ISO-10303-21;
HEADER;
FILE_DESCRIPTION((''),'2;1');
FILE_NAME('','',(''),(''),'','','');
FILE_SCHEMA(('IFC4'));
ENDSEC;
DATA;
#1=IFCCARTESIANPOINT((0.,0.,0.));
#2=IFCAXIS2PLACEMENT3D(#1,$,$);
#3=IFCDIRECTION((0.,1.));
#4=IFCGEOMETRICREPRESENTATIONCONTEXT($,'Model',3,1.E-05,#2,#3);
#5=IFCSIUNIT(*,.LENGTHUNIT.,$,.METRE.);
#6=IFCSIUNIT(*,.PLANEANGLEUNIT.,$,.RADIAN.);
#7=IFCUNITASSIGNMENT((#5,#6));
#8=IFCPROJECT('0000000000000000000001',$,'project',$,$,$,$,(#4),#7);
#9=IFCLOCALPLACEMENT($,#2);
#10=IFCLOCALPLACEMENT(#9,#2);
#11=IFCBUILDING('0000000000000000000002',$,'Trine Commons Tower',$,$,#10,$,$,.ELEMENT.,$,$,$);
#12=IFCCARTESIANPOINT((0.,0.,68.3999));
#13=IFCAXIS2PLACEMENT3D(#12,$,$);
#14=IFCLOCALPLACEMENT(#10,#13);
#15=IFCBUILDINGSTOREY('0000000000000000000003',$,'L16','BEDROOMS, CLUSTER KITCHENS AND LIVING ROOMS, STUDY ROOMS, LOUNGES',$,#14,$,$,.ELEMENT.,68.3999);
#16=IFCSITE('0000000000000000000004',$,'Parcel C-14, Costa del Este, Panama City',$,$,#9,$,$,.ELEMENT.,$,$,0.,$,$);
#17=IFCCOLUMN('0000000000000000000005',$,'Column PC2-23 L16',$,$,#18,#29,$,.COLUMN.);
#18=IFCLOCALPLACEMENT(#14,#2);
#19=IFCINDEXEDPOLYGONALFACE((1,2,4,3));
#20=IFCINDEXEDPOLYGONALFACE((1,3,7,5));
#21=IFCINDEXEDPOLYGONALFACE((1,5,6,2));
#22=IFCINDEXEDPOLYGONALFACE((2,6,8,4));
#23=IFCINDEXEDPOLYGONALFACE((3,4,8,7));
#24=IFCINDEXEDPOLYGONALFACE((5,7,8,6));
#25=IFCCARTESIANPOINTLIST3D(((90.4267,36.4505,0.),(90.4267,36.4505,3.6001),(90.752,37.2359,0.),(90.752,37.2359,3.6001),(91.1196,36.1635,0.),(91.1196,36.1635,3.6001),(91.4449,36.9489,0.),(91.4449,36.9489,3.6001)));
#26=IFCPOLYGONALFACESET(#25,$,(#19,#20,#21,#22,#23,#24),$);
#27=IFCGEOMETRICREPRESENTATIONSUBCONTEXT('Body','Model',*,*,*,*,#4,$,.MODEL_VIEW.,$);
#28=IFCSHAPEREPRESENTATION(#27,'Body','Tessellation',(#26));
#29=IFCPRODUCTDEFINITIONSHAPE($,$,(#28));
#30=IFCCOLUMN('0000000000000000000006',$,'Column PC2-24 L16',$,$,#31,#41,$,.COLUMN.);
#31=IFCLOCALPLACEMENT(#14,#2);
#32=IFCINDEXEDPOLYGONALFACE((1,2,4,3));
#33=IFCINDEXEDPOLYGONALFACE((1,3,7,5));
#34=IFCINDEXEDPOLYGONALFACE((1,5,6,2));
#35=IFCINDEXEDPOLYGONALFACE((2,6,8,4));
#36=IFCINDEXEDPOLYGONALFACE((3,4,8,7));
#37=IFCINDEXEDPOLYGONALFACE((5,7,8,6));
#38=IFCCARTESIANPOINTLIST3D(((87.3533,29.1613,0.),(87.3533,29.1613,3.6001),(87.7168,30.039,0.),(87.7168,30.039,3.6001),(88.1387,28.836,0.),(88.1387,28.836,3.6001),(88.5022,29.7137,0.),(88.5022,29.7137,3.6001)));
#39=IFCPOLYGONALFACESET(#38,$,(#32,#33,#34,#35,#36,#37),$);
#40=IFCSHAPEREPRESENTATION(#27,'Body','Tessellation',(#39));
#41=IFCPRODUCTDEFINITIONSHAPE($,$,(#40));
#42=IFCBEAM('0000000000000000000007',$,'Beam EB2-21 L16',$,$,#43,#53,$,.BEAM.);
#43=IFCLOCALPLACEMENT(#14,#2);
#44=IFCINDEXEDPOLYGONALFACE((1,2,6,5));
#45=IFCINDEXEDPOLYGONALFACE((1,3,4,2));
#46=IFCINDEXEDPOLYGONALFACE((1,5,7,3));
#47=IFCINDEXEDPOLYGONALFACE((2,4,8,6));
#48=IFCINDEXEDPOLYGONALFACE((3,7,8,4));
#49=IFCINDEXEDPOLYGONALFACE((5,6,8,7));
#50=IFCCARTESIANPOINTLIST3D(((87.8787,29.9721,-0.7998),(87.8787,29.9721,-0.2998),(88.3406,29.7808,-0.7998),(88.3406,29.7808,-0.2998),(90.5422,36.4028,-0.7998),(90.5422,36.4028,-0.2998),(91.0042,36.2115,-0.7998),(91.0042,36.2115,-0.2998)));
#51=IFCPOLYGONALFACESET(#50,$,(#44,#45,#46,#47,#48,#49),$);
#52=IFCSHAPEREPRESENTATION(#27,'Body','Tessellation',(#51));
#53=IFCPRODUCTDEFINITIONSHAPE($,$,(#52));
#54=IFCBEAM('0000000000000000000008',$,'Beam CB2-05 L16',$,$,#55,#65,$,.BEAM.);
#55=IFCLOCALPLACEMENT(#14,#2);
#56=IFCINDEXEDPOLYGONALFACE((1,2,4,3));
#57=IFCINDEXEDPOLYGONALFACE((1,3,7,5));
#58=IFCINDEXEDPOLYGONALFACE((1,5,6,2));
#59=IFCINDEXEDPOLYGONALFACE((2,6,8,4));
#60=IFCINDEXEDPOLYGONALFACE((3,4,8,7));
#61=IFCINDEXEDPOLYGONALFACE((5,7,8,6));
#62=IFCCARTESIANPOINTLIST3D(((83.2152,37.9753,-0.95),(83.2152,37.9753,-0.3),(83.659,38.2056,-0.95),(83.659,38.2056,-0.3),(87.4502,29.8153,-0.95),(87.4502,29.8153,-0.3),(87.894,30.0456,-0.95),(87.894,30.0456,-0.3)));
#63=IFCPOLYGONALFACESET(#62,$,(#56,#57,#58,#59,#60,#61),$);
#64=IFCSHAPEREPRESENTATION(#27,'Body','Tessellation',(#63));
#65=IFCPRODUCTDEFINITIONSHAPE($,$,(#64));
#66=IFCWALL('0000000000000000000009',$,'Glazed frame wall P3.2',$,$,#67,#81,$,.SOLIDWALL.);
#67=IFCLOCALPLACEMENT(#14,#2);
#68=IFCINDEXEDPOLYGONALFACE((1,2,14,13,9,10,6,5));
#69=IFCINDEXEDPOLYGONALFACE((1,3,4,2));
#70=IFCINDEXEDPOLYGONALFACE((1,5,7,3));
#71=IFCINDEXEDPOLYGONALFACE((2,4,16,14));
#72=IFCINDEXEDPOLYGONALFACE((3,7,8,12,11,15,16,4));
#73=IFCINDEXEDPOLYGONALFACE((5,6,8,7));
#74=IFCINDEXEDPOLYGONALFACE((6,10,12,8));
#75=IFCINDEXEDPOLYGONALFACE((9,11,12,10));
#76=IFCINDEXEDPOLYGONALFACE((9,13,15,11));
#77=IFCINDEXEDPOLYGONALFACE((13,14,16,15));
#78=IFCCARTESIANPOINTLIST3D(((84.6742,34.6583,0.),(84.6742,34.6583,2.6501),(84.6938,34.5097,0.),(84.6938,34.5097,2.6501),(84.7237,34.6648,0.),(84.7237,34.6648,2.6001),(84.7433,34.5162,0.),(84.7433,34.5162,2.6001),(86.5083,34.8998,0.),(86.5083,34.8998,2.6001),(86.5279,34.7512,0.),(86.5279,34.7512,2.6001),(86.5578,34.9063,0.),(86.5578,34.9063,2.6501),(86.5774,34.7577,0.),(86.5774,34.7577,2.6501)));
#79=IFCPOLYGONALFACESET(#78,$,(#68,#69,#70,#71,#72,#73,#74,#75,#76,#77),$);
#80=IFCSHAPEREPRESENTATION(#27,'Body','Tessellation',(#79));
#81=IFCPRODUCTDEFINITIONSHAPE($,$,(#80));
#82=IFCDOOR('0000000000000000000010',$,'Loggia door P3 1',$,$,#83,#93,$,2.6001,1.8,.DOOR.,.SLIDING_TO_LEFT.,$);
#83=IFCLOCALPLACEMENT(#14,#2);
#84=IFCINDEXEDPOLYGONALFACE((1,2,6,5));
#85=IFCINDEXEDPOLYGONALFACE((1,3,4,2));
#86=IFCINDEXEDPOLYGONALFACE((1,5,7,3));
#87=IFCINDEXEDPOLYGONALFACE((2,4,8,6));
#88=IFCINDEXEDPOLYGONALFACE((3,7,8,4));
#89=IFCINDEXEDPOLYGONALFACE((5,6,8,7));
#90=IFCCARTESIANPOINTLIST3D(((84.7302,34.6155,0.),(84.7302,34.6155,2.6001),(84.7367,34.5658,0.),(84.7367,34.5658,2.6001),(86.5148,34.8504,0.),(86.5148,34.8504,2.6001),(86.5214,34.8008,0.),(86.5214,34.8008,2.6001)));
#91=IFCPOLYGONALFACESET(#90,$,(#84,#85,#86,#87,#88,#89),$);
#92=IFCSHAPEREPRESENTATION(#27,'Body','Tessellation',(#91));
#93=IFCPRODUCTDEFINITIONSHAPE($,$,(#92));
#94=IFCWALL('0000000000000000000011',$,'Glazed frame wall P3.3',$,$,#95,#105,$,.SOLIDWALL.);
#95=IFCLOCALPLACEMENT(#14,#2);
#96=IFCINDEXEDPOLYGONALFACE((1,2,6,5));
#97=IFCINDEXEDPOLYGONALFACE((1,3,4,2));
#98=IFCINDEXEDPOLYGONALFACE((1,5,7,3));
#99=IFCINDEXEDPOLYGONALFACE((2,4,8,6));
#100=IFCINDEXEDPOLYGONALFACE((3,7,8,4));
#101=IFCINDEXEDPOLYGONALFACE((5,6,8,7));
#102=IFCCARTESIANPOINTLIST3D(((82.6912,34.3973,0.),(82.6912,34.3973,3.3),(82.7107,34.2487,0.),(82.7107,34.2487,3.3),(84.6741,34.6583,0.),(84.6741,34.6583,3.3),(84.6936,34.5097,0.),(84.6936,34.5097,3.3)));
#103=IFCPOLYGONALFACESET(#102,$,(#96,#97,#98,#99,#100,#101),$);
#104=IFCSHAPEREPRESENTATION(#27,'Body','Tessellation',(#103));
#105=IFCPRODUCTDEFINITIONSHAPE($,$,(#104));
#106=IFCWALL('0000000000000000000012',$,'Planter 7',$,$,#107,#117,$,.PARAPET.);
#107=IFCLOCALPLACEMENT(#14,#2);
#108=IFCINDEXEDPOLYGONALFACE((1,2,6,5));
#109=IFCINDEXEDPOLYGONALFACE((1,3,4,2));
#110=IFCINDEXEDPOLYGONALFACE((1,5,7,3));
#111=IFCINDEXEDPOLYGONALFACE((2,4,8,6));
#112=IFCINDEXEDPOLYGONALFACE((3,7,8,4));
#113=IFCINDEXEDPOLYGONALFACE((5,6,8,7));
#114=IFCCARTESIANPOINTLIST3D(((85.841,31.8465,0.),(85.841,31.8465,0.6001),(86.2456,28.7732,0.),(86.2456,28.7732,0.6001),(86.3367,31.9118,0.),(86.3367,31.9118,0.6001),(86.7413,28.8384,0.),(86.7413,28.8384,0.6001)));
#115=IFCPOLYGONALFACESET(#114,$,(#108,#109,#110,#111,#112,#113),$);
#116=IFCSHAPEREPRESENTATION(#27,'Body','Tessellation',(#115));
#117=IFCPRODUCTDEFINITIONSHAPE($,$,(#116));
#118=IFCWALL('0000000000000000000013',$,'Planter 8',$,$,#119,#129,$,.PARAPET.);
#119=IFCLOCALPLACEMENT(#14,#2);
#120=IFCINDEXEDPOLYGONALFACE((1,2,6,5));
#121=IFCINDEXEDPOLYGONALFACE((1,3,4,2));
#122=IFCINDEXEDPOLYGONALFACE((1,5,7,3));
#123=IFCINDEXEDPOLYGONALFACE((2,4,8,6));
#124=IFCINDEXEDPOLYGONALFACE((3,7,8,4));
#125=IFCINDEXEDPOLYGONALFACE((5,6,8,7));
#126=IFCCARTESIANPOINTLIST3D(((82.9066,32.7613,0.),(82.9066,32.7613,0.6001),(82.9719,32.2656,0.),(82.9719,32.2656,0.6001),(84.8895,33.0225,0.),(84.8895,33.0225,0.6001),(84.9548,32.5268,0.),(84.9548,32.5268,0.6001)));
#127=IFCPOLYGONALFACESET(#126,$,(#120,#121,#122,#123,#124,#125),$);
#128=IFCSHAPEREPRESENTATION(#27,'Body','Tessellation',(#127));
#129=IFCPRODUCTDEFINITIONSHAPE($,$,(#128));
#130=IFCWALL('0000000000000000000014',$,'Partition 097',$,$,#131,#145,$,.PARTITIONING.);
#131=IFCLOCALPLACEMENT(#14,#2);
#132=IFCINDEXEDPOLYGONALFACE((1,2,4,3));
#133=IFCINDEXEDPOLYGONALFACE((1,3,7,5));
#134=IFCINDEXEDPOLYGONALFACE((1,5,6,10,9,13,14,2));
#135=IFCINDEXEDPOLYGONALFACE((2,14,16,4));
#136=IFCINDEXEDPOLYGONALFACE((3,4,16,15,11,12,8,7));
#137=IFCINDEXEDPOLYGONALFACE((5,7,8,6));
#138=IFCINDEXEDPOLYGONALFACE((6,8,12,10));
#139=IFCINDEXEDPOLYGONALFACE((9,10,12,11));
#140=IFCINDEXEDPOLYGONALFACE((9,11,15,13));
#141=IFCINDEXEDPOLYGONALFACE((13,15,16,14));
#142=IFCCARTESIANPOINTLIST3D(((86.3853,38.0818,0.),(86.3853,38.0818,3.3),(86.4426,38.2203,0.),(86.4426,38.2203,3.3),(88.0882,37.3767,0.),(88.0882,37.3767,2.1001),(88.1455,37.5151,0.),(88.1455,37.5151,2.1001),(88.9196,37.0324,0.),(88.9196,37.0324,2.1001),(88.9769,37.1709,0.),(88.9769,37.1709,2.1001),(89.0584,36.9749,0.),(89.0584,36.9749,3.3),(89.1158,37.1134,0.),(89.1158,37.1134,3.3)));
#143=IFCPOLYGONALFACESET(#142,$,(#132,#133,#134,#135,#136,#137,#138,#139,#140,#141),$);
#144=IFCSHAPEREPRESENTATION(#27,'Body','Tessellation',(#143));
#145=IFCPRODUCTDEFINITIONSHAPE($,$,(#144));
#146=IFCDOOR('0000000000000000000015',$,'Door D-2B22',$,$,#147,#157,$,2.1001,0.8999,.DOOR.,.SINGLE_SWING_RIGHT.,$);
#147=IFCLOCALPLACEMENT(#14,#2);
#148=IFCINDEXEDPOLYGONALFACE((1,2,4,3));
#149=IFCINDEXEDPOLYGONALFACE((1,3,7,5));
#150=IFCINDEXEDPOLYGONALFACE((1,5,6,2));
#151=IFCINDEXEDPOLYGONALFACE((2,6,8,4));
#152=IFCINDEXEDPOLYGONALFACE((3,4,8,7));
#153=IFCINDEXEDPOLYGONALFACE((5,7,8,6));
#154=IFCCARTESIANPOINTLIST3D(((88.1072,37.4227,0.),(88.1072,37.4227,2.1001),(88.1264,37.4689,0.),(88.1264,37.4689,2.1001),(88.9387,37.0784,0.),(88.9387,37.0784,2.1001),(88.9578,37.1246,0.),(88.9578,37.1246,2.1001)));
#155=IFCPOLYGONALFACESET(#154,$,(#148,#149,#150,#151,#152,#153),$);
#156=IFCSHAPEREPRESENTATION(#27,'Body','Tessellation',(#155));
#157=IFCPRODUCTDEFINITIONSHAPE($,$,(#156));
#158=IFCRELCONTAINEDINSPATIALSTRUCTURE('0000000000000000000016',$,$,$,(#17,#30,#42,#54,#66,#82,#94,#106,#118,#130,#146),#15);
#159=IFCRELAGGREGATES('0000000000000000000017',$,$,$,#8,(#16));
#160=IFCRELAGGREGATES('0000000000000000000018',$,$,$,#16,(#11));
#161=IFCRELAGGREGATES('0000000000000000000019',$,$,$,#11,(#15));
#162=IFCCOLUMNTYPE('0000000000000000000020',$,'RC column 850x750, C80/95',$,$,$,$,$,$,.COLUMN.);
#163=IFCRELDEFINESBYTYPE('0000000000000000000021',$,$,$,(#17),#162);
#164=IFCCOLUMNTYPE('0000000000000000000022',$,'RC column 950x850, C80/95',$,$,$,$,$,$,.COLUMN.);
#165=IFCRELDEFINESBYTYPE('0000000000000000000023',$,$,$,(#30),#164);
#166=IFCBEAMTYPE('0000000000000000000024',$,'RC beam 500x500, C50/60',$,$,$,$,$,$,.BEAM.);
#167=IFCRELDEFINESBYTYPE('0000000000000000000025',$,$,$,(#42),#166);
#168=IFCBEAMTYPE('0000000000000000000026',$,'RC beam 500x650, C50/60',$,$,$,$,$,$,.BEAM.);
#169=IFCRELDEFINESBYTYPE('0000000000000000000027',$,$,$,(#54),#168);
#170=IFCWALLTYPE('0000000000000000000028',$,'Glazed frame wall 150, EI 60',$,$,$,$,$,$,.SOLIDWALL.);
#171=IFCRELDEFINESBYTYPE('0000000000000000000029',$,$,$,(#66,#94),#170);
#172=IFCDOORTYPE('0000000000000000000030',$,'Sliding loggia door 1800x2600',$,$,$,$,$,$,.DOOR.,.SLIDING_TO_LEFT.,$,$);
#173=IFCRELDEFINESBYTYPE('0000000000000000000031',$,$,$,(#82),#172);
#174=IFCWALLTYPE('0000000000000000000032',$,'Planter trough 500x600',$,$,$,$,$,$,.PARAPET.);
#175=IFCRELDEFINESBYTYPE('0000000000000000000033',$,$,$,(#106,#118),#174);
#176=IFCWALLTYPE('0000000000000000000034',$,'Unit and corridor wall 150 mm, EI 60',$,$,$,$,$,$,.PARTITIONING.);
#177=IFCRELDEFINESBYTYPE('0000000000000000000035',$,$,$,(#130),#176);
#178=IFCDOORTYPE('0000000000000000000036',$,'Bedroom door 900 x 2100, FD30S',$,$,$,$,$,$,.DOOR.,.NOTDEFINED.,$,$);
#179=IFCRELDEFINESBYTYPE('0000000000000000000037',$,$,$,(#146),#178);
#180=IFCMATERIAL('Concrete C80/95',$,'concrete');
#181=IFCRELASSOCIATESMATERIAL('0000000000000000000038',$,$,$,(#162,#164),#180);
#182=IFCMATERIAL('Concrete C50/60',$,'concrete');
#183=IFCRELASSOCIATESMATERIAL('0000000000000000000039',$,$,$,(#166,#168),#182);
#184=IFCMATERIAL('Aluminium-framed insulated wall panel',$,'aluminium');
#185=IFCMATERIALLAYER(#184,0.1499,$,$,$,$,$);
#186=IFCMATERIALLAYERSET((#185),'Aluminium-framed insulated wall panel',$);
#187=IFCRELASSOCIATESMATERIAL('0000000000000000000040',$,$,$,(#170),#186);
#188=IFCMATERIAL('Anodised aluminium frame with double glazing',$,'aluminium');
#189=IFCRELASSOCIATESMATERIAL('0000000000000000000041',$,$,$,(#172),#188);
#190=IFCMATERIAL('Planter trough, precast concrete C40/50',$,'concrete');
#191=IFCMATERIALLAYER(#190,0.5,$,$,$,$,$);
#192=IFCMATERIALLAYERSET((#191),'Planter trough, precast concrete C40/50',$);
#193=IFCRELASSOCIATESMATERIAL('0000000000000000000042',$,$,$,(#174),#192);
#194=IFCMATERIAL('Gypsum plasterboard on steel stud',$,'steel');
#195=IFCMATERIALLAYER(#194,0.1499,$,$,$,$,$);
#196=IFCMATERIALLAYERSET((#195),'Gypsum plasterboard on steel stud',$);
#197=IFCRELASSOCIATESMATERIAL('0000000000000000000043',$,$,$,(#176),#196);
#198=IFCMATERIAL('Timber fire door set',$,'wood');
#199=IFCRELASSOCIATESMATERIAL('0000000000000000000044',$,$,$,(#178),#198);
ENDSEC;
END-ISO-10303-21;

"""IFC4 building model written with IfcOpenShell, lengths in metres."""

from ifc_helpers import new_model, si_unit, direction, frame, frame_2d, origin, origin_2d, place, context, subcontext, project, spatial, polyline, rectangle, outline, extrude, material, layer, layer_set, material_profile, profile_set, type_object, element, fill, save


model = new_model("IFC4")

# Units and contexts
model_context = context("Model", 3, precision=1e-05, world=origin(), true_north=direction((0.0, 1.0)))
body_context = subcontext(model_context, "Body", "Model", "MODEL_VIEW")
ifc_project = project(units=[si_unit("LENGTHUNIT", "METRE"), si_unit("PLANEANGLEUNIT", "RADIAN")], contexts=[model_context])

# Site, building, storey
site_placement = place(None, origin())
site = spatial("IfcSite", under=ifc_project, at=site_placement, Name="Parcel C-14, Costa del Este, Panama City", CompositionType="ELEMENT", RefElevation=0.0)
building_placement = place(site_placement, origin())
building = spatial("IfcBuilding", under=site, at=building_placement, Name="Trine Commons Tower", CompositionType="ELEMENT")
storey_placement = place(building_placement, frame((0.0, 0.0, 68.3999)))
storey = spatial("IfcBuildingStorey", under=building, at=storey_placement, Name="L16", Description="BEDROOMS, CLUSTER KITCHENS AND LIVING ROOMS, STUDY ROOMS, LOUNGES", CompositionType="ELEMENT", Elevation=68.3999)

# Columns
ifc_material_1 = material(Name="Concrete C80/95", Category="concrete")
ifc_material_profile_1 = material_profile(ifc_material_1, rectangle(XDim=0.8501, YDim=0.75, at=origin_2d()), Name="RC 850x750")
ifc_profile_set_1 = profile_set([ifc_material_profile_1], Name="Concrete C80/95")
column_type_1 = type_object("IfcColumnType", Name="RC column 850x750, C80/95", PredefinedType="COLUMN", material=ifc_profile_set_1)
column_1_placement = place(storey_placement, frame((90.9358, 36.6997, 0.0), z_axis=(0.0, 0.0, 1.0), x_axis=(0.382683, 0.92388, 0.0)))
element("IfcColumn", 1, at=column_1_placement, inside=storey, type_object=column_type_1, Name="Column PC2-23 L16", PredefinedType="COLUMN", context=body_context, shape_type="SweptSolid", body=[
    extrude(rectangle(XDim=0.8501, YDim=0.75, at=origin_2d()), origin(), (0.0, 0.0, 1.0), 3.6001),
])
ifc_material_profile_2 = material_profile(ifc_material_1, rectangle(XDim=0.95, YDim=0.8501, at=origin_2d()), Name="RC 950x850")
ifc_profile_set_2 = profile_set([ifc_material_profile_2], Name="Concrete C80/95")
column_type_2 = type_object("IfcColumnType", Name="RC column 950x850, C80/95", PredefinedType="COLUMN", material=ifc_profile_set_2)
column_2_placement = place(storey_placement, frame((87.9277, 29.4375, 0.0), z_axis=(0.0, 0.0, 1.0), x_axis=(0.382683, 0.92388, 0.0)))
element("IfcColumn", 2, at=column_2_placement, inside=storey, type_object=column_type_2, Name="Column PC2-24 L16", PredefinedType="COLUMN", context=body_context, shape_type="SweptSolid", body=[
    extrude(rectangle(XDim=0.95, YDim=0.8501, at=origin_2d()), origin(), (0.0, 0.0, 1.0), 3.6001),
])

# Beams
ifc_material_2 = material(Name="Concrete C50/60", Category="concrete")
ifc_material_profile_3 = material_profile(ifc_material_2, rectangle(XDim=0.5, YDim=0.5, at=origin_2d()), Name="RC 500x500")
ifc_profile_set_3 = profile_set([ifc_material_profile_3], Name="Concrete C50/60")
beam_type_1 = type_object("IfcBeamType", Name="RC beam 500x500, C50/60", PredefinedType="BEAM", material=ifc_profile_set_3)
beam_1_placement = place(storey_placement, frame((90.7732, 36.3071, -0.5498), z_axis=(-0.382672, -0.923884, 0.0), x_axis=(0.923884, -0.382672, 0.0)))
element("IfcBeam", 3, at=beam_1_placement, inside=storey, type_object=beam_type_1, Name="Beam EB2-21 L16", PredefinedType="BEAM", context=body_context, shape_type="SweptSolid", body=[
    extrude(rectangle(XDim=0.5, YDim=0.5, at=origin_2d()), origin(), (0.0, 0.0, 1.0), 6.9604),
])
ifc_material_profile_4 = material_profile(ifc_material_2, rectangle(XDim=0.5, YDim=0.6499, at=origin_2d()), Name="RC 500x650")
ifc_profile_set_4 = profile_set([ifc_material_profile_4], Name="Concrete C50/60")
beam_type_2 = type_object("IfcBeamType", Name="RC beam 500x650, C50/60", PredefinedType="BEAM", material=ifc_profile_set_4)
beam_2_placement = place(storey_placement, frame((87.6721, 29.9304, -0.625), z_axis=(-0.460653, 0.88758, 0.0), x_axis=(-0.88758, -0.460653, 0.0)))
element("IfcBeam", 4, at=beam_2_placement, inside=storey, type_object=beam_type_2, Name="Beam CB2-05 L16", PredefinedType="BEAM", context=body_context, shape_type="SweptSolid", body=[
    extrude(rectangle(XDim=0.5, YDim=0.6499, at=origin_2d()), origin(), (0.0, 0.0, 1.0), 9.1936),
])

# Shared definitions
ifc_material_3 = material(Name="Aluminium-framed insulated wall panel", Category="aluminium")
ifc_layer_1 = layer(ifc_material_3, 0.1499)
ifc_layer_set_1 = layer_set([ifc_layer_1], Name="Aluminium-framed insulated wall panel")
wall_type_1 = type_object("IfcWallType", Name="Glazed frame wall 150, EI 60", PredefinedType="SOLIDWALL", material=ifc_layer_set_1)

# Wall, opening, door
wall_1_placement = place(storey_placement, frame((86.5676, 34.832, 0.0), z_axis=(0.0, 0.0, 1.0), x_axis=(-0.991442, -0.130548, 0.0)))
wall_1 = element("IfcWall", 5, at=wall_1_placement, inside=storey, type_object=wall_type_1, Name="Glazed frame wall P3.2", PredefinedType="SOLIDWALL", context=body_context, shape_type="SweptSolid", body=[
    extrude(outline(polyline([(0.0, -0.075), (1.8999, -0.075), (1.8999, 0.075), (0.0, 0.075), (0.0, -0.075)])), origin(), (0.0, 0.0, 1.0), 2.6501),
])
opening_1_placement = place(wall_1_placement, frame((0.05, 0.0, 0.0)))
opening_1 = element("IfcOpeningElement", 6, at=opening_1_placement, cuts=wall_1, PredefinedType="OPENING", context=body_context, shape_type="SweptSolid", body=[
    extrude(rectangle(XDim=1.8, YDim=2.6001, at=frame_2d((0.8999, 1.3))), frame((0.0, 0.085, 0.0), z_axis=(0.0, -1.0, 0.0), x_axis=(1.0, 0.0, 0.0)), (0.0, 0.0, 1.0), 0.1699),
])
ifc_material_4 = material(Name="Anodised aluminium frame with double glazing", Category="aluminium")
door_type_1 = type_object("IfcDoorType", Name="Sliding loggia door 1800x2600", OperationType="SLIDING_TO_LEFT", PredefinedType="DOOR", material=ifc_material_4)
door_1_placement = place(opening_1_placement, origin())
door_1 = element("IfcDoor", 7, at=door_1_placement, inside=storey, type_object=door_type_1, Name="Loggia door P3 1", OperationType="SLIDING_TO_LEFT", OverallHeight=2.6001, OverallWidth=1.8, PredefinedType="DOOR", context=body_context, shape_type="SweptSolid", body=[
    extrude(rectangle(XDim=1.8, YDim=2.6001, at=frame_2d((0.8999, 1.3))), frame((0.0, 0.0249, 0.0), z_axis=(0.0, -1.0, 0.0), x_axis=(1.0, 0.0, 0.0)), (0.0, 0.0, 1.0), 0.05),
])
fill(opening_1, door_1)

# Walls
wall_2_placement = place(storey_placement, frame((84.6838, 34.584, 0.0), z_axis=(0.0, 0.0, 1.0), x_axis=(-0.991449, -0.130492, 0.0)))
element("IfcWall", 8, at=wall_2_placement, inside=storey, type_object=wall_type_1, Name="Glazed frame wall P3.3", PredefinedType="SOLIDWALL", context=body_context, shape_type="SweptSolid", body=[
    extrude(outline(polyline([(0.0, -0.075), (2.0, -0.075), (2.0, 0.075), (0.0, 0.075), (0.0, -0.075)])), origin(), (0.0, 0.0, 1.0), 3.3),
])
ifc_material_5 = material(Name="Planter trough, precast concrete C40/50", Category="concrete")
ifc_layer_2 = layer(ifc_material_5, 0.5)
ifc_layer_set_2 = layer_set([ifc_layer_2], Name="Planter trough, precast concrete C40/50")
wall_type_2 = type_object("IfcWallType", Name="Planter trough 500x600", PredefinedType="PARAPET", material=ifc_layer_set_2)
wall_3_placement = place(storey_placement, frame((86.4934, 28.8059, 0.0), z_axis=(0.0, 0.0, 1.0), x_axis=(-0.130507, 0.991447, 0.0)))
element("IfcWall", 9, at=wall_3_placement, inside=storey, type_object=wall_type_2, Name="Planter 7", PredefinedType="PARAPET", context=body_context, shape_type="SweptSolid", body=[
    extrude(rectangle(XDim=3.0999, YDim=0.5, at=frame_2d((1.5498, 0.0))), origin(), (0.0, 0.0, 1.0), 0.6001),
])
wall_4_placement = place(storey_placement, frame((84.9221, 32.7747, 0.0), z_axis=(0.0, 0.0, 1.0), x_axis=(-0.991434, -0.130612, 0.0)))
element("IfcWall", 10, at=wall_4_placement, inside=storey, type_object=wall_type_2, Name="Planter 8", PredefinedType="PARAPET", context=body_context, shape_type="SweptSolid", body=[
    extrude(rectangle(XDim=2.0, YDim=0.5, at=frame_2d((1.0, 0.0))), origin(), (0.0, 0.0, 1.0), 0.6001),
])

# Wall, opening, door
ifc_material_6 = material(Name="Gypsum plasterboard on steel stud", Category="steel")
ifc_layer_3 = layer(ifc_material_6, 0.1499)
ifc_layer_set_3 = layer_set([ifc_layer_3], Name="Gypsum plasterboard on steel stud")
wall_type_3 = type_object("IfcWallType", Name="Unit and corridor wall 150 mm, EI 60", PredefinedType="PARTITIONING", material=ifc_layer_set_3)
wall_5_placement = place(storey_placement, frame((86.4138, 38.1511, 0.0), z_axis=(0.0, 0.0, 1.0), x_axis=(0.923916, -0.382595, 0.0)))
wall_5 = element("IfcWall", 11, at=wall_5_placement, inside=storey, type_object=wall_type_3, Name="Partition 097", PredefinedType="PARTITIONING", context=body_context, shape_type="SweptSolid", body=[
    extrude(rectangle(XDim=2.8933, YDim=0.1499, at=frame_2d((1.4468, 0.0))), origin(), (0.0, 0.0, 1.0), 3.3),
])
opening_2_placement = place(wall_5_placement, frame((1.8433, 0.0, 0.0)))
opening_2 = element("IfcOpeningElement", 12, at=opening_2_placement, cuts=wall_5, PredefinedType="OPENING", context=body_context, shape_type="SweptSolid", body=[
    extrude(rectangle(XDim=0.8999, YDim=2.1001, at=frame_2d((0.45, 1.05))), frame((0.0, 0.085, 0.0), z_axis=(0.0, -1.0, 0.0), x_axis=(1.0, 0.0, 0.0)), (0.0, 0.0, 1.0), 0.1699),
])
ifc_material_7 = material(Name="Timber fire door set", Category="wood")
door_type_2 = type_object("IfcDoorType", Name="Bedroom door 900 x 2100, FD30S", OperationType="NOTDEFINED", PredefinedType="DOOR", material=ifc_material_7)
door_2_placement = place(opening_2_placement, origin())
door_2 = element("IfcDoor", 13, at=door_2_placement, inside=storey, type_object=door_type_2, Name="Door D-2B22", OperationType="SINGLE_SWING_RIGHT", OverallHeight=2.1001, OverallWidth=0.8999, PredefinedType="DOOR", context=body_context, shape_type="SweptSolid", body=[
    extrude(rectangle(XDim=0.8999, YDim=2.1001, at=frame_2d((0.45, 1.05))), frame((0.0, 0.0249, 0.0), z_axis=(0.0, -1.0, 0.0), x_axis=(1.0, 0.0, 0.0)), (0.0, 0.0, 1.0), 0.05),
])
fill(opening_2, door_2)

save(model, "model.ifc")
